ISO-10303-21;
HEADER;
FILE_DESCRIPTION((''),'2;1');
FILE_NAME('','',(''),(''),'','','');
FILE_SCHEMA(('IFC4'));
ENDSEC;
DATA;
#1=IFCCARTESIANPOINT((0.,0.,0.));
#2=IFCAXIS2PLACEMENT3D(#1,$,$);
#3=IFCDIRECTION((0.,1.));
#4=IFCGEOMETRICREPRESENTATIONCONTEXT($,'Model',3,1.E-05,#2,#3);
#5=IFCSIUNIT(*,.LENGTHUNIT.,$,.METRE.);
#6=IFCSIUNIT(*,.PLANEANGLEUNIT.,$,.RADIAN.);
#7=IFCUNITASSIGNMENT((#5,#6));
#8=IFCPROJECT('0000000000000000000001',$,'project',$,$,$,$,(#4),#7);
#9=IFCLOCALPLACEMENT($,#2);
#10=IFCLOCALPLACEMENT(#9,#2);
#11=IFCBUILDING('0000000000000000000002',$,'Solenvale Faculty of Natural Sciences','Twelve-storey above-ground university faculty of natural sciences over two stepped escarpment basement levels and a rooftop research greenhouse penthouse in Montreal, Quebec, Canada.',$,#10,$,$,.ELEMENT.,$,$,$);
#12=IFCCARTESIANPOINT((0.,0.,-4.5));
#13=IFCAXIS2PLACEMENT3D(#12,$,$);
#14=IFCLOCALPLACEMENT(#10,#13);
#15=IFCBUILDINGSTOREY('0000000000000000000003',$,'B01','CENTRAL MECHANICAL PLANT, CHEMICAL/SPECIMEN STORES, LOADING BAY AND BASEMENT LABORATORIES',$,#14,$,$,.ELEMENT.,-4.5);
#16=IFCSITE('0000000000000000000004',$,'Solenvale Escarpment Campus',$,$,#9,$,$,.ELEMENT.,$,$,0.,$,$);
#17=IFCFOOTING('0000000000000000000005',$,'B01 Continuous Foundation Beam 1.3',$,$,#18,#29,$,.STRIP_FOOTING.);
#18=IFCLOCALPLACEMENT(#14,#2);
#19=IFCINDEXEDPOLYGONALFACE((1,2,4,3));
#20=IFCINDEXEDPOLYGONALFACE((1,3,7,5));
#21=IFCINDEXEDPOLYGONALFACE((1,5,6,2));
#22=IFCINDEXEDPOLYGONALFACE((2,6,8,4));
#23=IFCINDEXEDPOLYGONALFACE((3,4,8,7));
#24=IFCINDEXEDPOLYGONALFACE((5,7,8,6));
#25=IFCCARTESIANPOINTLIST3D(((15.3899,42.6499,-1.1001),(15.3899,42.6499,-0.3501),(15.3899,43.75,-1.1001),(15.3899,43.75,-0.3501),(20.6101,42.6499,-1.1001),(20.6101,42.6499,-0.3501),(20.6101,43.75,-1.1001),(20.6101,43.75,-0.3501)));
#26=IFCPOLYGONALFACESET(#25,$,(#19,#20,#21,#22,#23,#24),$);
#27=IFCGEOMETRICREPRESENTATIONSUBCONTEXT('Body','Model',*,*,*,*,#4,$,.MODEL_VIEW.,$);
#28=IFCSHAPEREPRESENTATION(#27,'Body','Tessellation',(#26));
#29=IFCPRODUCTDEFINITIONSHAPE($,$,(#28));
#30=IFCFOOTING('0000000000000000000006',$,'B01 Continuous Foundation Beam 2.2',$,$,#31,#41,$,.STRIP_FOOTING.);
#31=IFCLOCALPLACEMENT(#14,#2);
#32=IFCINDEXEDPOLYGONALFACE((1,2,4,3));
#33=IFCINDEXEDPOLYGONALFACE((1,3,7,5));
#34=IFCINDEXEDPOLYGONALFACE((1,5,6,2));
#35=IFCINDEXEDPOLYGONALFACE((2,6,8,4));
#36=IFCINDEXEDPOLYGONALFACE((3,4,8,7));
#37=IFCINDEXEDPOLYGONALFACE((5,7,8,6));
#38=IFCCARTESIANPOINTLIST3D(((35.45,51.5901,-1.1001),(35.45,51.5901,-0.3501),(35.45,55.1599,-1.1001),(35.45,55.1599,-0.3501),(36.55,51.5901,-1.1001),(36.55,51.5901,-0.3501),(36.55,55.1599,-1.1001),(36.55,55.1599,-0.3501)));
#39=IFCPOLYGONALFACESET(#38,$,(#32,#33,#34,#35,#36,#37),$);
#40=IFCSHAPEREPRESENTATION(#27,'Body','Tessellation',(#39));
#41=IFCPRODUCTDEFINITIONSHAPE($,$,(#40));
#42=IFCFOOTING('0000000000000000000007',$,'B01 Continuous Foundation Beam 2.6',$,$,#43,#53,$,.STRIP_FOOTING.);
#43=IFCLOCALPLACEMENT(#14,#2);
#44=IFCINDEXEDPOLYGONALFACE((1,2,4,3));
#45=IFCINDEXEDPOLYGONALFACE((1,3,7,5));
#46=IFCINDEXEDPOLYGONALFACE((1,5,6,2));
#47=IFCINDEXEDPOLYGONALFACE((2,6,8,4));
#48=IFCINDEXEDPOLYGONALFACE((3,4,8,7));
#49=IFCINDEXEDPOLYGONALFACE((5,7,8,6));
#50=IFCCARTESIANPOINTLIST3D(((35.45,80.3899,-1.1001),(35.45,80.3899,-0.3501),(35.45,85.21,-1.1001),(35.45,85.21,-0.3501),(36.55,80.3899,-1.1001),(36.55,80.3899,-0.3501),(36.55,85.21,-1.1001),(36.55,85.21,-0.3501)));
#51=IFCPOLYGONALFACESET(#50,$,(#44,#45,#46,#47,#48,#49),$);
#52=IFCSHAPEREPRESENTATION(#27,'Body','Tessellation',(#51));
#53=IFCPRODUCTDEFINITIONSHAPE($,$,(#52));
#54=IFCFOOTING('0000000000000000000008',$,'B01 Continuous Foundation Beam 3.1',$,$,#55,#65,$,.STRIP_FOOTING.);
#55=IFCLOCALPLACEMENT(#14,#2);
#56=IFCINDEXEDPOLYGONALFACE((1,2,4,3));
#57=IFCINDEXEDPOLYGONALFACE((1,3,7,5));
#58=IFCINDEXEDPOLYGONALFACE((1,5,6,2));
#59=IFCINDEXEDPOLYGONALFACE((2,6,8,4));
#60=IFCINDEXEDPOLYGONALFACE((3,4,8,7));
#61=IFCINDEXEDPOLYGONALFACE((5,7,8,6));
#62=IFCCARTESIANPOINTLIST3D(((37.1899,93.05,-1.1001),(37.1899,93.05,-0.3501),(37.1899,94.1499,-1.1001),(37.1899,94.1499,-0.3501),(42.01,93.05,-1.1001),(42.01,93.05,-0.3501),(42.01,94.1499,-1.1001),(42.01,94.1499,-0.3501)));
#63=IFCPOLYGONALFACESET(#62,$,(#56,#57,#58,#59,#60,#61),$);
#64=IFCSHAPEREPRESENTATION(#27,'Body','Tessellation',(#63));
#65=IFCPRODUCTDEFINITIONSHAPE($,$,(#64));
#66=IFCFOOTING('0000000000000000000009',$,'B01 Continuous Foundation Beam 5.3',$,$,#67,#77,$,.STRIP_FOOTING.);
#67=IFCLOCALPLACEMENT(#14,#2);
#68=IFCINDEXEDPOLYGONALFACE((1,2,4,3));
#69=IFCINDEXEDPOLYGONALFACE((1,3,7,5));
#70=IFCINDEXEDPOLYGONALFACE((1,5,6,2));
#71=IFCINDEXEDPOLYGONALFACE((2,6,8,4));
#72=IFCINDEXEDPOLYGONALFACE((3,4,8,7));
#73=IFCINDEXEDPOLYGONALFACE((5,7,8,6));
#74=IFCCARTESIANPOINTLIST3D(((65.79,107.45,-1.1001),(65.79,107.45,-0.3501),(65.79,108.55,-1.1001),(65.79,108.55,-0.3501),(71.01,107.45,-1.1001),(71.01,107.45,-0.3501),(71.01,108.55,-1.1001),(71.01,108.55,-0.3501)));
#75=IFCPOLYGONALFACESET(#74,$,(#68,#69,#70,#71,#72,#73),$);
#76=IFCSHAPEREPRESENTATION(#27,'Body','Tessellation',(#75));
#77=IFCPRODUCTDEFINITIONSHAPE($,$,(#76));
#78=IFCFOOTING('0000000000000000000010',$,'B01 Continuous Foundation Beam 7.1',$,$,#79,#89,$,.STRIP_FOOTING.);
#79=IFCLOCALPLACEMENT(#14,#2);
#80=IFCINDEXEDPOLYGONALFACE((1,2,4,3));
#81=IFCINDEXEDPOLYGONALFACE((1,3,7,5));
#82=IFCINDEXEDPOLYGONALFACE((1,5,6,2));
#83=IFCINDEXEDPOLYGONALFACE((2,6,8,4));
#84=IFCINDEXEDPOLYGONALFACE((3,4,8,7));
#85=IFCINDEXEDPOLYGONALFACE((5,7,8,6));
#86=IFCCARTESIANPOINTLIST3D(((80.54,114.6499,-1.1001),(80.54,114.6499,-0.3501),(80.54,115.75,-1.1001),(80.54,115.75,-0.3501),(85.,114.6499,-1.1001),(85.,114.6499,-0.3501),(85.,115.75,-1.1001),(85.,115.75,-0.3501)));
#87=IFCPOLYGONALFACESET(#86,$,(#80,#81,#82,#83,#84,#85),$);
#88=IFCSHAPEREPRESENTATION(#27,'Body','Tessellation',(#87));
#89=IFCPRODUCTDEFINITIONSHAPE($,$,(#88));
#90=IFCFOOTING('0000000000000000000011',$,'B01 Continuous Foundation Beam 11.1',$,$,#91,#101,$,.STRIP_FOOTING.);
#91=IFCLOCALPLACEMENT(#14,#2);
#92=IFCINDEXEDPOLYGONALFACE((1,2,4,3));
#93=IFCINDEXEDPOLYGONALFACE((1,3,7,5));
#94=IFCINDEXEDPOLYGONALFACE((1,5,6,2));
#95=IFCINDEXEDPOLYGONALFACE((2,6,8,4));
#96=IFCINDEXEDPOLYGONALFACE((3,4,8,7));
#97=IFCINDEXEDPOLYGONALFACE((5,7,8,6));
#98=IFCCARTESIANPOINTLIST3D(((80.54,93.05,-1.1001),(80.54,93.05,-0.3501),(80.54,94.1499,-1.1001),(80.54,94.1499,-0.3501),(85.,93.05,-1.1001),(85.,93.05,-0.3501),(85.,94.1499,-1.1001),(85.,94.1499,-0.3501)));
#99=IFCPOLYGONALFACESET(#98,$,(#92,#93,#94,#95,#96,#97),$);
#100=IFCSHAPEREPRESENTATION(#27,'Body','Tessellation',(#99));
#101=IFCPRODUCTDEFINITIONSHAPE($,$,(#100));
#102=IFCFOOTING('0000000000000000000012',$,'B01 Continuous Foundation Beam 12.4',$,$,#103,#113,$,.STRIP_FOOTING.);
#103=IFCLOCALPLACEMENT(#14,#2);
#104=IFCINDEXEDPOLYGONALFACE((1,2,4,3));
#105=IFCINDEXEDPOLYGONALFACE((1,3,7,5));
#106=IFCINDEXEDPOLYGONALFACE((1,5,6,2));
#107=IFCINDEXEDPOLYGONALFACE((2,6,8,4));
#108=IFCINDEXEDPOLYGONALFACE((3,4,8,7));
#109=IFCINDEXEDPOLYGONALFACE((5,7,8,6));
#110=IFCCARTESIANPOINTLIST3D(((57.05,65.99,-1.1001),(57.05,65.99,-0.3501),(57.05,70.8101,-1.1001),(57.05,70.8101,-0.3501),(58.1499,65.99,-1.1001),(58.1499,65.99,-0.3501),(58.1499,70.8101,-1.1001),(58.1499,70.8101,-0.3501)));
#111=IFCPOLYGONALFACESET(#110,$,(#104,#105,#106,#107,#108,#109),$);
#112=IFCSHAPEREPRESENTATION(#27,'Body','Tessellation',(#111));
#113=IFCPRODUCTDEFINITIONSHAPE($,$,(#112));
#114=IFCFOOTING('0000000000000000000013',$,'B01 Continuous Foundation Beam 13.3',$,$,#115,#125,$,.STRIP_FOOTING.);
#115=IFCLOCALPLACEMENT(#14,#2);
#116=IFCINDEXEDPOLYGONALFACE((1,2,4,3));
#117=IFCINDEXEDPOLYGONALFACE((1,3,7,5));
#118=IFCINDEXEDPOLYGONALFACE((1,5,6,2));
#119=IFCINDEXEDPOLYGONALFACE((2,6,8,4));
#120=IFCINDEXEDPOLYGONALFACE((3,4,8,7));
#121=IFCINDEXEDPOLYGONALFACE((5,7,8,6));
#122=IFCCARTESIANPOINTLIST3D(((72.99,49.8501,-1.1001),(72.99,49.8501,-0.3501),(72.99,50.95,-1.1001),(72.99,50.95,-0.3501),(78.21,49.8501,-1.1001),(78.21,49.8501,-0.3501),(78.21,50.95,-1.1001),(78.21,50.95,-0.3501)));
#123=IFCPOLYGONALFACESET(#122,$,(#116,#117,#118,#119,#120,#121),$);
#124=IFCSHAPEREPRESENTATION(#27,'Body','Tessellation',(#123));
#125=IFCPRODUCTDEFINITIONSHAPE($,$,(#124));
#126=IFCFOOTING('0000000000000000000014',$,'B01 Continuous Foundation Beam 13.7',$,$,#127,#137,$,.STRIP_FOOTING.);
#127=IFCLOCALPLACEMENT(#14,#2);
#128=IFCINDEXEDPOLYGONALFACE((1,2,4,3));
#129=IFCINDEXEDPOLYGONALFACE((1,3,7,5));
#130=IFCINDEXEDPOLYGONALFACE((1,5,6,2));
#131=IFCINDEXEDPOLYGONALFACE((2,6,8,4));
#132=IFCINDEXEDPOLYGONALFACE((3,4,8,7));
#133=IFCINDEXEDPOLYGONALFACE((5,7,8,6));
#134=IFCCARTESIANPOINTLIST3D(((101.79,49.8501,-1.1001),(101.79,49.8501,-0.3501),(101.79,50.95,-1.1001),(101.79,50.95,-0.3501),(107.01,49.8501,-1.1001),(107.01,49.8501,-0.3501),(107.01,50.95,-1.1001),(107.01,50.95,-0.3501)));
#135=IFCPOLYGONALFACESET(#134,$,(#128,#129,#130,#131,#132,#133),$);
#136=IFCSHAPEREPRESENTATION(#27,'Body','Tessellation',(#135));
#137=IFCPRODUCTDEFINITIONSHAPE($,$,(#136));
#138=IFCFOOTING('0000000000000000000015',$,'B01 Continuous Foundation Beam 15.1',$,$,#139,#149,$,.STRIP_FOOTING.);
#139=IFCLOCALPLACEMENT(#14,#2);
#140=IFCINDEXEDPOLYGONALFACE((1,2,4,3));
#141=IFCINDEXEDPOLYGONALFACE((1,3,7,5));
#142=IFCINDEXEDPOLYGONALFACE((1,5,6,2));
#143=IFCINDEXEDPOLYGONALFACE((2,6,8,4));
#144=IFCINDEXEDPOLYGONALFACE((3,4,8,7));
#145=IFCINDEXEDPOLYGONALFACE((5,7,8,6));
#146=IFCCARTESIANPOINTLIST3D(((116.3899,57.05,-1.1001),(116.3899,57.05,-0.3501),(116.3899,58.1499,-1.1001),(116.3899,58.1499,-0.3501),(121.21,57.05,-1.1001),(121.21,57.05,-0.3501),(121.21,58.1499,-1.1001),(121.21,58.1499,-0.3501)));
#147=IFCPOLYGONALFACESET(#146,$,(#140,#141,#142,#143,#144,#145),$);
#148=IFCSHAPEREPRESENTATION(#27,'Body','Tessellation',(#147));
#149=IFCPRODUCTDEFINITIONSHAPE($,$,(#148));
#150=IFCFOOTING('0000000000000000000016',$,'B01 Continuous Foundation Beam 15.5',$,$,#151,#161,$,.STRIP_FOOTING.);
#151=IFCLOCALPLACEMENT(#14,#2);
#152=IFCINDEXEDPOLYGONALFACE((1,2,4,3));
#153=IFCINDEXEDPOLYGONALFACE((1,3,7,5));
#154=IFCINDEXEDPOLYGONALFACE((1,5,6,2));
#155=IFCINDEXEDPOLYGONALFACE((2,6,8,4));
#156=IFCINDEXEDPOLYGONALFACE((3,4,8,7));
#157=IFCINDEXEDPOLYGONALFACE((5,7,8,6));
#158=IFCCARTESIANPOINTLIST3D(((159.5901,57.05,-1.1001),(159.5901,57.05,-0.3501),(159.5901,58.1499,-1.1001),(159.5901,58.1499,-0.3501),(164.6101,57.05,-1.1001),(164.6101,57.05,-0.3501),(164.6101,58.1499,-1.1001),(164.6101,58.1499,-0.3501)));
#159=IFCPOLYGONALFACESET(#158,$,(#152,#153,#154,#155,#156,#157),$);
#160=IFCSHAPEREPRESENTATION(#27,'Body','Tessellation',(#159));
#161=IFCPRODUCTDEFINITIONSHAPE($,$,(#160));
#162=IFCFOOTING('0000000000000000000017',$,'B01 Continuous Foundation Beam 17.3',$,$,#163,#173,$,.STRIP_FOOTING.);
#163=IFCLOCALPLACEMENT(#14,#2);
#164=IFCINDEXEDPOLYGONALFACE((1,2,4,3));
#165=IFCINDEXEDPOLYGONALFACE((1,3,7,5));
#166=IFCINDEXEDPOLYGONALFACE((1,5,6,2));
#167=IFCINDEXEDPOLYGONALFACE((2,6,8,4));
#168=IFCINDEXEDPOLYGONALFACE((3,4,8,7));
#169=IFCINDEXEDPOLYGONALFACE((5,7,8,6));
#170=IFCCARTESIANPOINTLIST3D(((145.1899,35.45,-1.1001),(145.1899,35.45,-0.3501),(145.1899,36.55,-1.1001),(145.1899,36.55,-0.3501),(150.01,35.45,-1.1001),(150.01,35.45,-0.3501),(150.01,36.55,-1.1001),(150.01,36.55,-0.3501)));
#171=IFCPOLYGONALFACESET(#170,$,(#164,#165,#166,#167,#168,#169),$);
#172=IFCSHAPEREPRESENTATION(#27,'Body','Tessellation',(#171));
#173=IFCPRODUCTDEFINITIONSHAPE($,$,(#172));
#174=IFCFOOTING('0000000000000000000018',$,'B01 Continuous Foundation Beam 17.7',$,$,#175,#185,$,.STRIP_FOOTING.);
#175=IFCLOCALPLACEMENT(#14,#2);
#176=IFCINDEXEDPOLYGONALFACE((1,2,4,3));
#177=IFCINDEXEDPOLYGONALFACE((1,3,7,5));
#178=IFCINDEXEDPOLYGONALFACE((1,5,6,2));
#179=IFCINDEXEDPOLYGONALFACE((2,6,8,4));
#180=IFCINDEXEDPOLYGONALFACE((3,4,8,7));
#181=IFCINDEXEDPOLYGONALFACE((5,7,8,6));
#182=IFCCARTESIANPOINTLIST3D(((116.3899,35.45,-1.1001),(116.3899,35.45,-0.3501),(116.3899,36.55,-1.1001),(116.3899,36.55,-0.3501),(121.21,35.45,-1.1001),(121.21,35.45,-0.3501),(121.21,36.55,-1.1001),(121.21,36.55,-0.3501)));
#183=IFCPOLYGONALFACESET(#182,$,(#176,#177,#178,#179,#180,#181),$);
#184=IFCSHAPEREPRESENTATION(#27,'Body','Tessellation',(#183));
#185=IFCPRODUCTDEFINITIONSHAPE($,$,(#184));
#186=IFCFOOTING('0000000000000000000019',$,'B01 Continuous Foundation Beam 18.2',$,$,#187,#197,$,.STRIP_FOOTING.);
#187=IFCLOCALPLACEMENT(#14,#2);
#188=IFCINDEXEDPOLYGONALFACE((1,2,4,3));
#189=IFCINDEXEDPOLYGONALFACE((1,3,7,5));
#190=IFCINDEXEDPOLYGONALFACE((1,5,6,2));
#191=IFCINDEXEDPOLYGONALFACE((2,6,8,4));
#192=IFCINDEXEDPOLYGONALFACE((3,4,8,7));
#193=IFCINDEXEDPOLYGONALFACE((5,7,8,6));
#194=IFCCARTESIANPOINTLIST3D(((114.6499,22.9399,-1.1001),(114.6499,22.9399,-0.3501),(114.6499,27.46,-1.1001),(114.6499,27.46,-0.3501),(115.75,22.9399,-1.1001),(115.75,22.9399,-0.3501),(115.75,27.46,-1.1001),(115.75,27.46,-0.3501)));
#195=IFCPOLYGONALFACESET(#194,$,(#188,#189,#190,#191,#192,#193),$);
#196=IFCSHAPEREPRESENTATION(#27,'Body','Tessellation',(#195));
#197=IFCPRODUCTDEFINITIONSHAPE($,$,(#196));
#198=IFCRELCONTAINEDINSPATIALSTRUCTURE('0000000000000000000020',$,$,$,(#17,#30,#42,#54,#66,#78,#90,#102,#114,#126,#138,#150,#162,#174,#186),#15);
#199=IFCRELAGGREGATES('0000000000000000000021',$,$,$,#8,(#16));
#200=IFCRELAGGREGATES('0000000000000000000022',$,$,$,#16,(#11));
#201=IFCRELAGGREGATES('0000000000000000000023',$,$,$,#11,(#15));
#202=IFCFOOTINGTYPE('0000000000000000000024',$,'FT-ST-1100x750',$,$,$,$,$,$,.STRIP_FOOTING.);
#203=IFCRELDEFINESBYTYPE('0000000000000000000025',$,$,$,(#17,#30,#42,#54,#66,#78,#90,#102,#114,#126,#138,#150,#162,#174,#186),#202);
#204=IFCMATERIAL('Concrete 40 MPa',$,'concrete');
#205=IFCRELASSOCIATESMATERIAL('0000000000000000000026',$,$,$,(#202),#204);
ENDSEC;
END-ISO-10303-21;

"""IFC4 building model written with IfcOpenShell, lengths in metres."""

from ifc_helpers import new_model, si_unit, direction, frame, origin, place, context, subcontext, project, spatial, polyline, outline, extrude, material, type_object, element, save


model = new_model("IFC4")

# Units and contexts
model_context = context("Model", 3, precision=1e-05, world=origin(), true_north=direction((0.0, 1.0)))
body_context = subcontext(model_context, "Body", "Model", "MODEL_VIEW")
ifc_project = project(units=[si_unit("LENGTHUNIT", "METRE"), si_unit("PLANEANGLEUNIT", "RADIAN")], contexts=[model_context])

# Site, building, storey
site_placement = place(None, origin())
site = spatial("IfcSite", under=ifc_project, at=site_placement, Name="Solenvale Escarpment Campus", CompositionType="ELEMENT", RefElevation=0.0)
building_placement = place(site_placement, origin())
building = spatial("IfcBuilding", under=site, at=building_placement, Name="Solenvale Faculty of Natural Sciences", Description="Twelve-storey above-ground university faculty of natural sciences over two stepped escarpment basement levels and a rooftop research greenhouse penthouse in Montreal, Quebec, Canada.", CompositionType="ELEMENT")
storey_placement = place(building_placement, frame((0.0, 0.0, -4.5)))
storey = spatial("IfcBuildingStorey", under=building, at=storey_placement, Name="B01", Description="CENTRAL MECHANICAL PLANT, CHEMICAL/SPECIMEN STORES, LOADING BAY AND BASEMENT LABORATORIES", CompositionType="ELEMENT", Elevation=-4.5)

# Footings
ifc_material = material(Name="Concrete 40 MPa", Category="concrete")
footing_type_1 = type_object("IfcFootingType", Name="FT-ST-1100x750", PredefinedType="STRIP_FOOTING", material=ifc_material)
footing_1_placement = place(storey_placement, frame((0.0, 0.0, -1.1001)))
element("IfcFooting", 1, at=footing_1_placement, inside=storey, type_object=footing_type_1, Name="B01 Continuous Foundation Beam 1.3", PredefinedType="STRIP_FOOTING", context=body_context, shape_type="SweptSolid", body=[
    extrude(outline(polyline([(15.3899, 42.6499), (20.6101, 42.6499), (20.6101, 43.75), (15.3899, 43.75), (15.3899, 42.6499)])), origin(), (0.0, 0.0, 1.0), 0.75),
])
footing_2_placement = place(storey_placement, frame((0.0, 0.0, -1.1001)))
element("IfcFooting", 2, at=footing_2_placement, inside=storey, type_object=footing_type_1, Name="B01 Continuous Foundation Beam 2.2", PredefinedType="STRIP_FOOTING", context=body_context, shape_type="SweptSolid", body=[
    extrude(outline(polyline([(35.45, 51.5901), (36.55, 51.5901), (36.55, 55.1599), (35.45, 55.1599), (35.45, 51.5901)])), origin(), (0.0, 0.0, 1.0), 0.75),
])
footing_3_placement = place(storey_placement, frame((0.0, 0.0, -1.1001)))
element("IfcFooting", 3, at=footing_3_placement, inside=storey, type_object=footing_type_1, Name="B01 Continuous Foundation Beam 2.6", PredefinedType="STRIP_FOOTING", context=body_context, shape_type="SweptSolid", body=[
    extrude(outline(polyline([(35.45, 80.3899), (36.55, 80.3899), (36.55, 85.21), (35.45, 85.21), (35.45, 80.3899)])), origin(), (0.0, 0.0, 1.0), 0.75),
])
footing_4_placement = place(storey_placement, frame((0.0, 0.0, -1.1001)))
element("IfcFooting", 4, at=footing_4_placement, inside=storey, type_object=footing_type_1, Name="B01 Continuous Foundation Beam 3.1", PredefinedType="STRIP_FOOTING", context=body_context, shape_type="SweptSolid", body=[
    extrude(outline(polyline([(37.1899, 93.05), (42.01, 93.05), (42.01, 94.1499), (37.1899, 94.1499), (37.1899, 93.05)])), origin(), (0.0, 0.0, 1.0), 0.75),
])
footing_5_placement = place(storey_placement, frame((0.0, 0.0, -1.1001)))
element("IfcFooting", 5, at=footing_5_placement, inside=storey, type_object=footing_type_1, Name="B01 Continuous Foundation Beam 5.3", PredefinedType="STRIP_FOOTING", context=body_context, shape_type="SweptSolid", body=[
    extrude(outline(polyline([(65.79, 107.45), (71.01, 107.45), (71.01, 108.55), (65.79, 108.55), (65.79, 107.45)])), origin(), (0.0, 0.0, 1.0), 0.75),
])
footing_6_placement = place(storey_placement, frame((0.0, 0.0, -1.1001)))
element("IfcFooting", 6, at=footing_6_placement, inside=storey, type_object=footing_type_1, Name="B01 Continuous Foundation Beam 7.1", PredefinedType="STRIP_FOOTING", context=body_context, shape_type="SweptSolid", body=[
    extrude(outline(polyline([(80.54, 114.6499), (85.0, 114.6499), (85.0, 115.75), (80.54, 115.75), (80.54, 114.6499)])), origin(), (0.0, 0.0, 1.0), 0.75),
])
footing_7_placement = place(storey_placement, frame((0.0, 0.0, -1.1001)))
element("IfcFooting", 7, at=footing_7_placement, inside=storey, type_object=footing_type_1, Name="B01 Continuous Foundation Beam 11.1", PredefinedType="STRIP_FOOTING", context=body_context, shape_type="SweptSolid", body=[
    extrude(outline(polyline([(80.54, 93.05), (85.0, 93.05), (85.0, 94.1499), (80.54, 94.1499), (80.54, 93.05)])), origin(), (0.0, 0.0, 1.0), 0.75),
])
footing_8_placement = place(storey_placement, frame((0.0, 0.0, -1.1001)))
element("IfcFooting", 8, at=footing_8_placement, inside=storey, type_object=footing_type_1, Name="B01 Continuous Foundation Beam 12.4", PredefinedType="STRIP_FOOTING", context=body_context, shape_type="SweptSolid", body=[
    extrude(outline(polyline([(57.05, 65.99), (58.1499, 65.99), (58.1499, 70.8101), (57.05, 70.8101), (57.05, 65.99)])), origin(), (0.0, 0.0, 1.0), 0.75),
])
footing_9_placement = place(storey_placement, frame((0.0, 0.0, -1.1001)))
element("IfcFooting", 9, at=footing_9_placement, inside=storey, type_object=footing_type_1, Name="B01 Continuous Foundation Beam 13.3", PredefinedType="STRIP_FOOTING", context=body_context, shape_type="SweptSolid", body=[
    extrude(outline(polyline([(72.99, 49.8501), (78.21, 49.8501), (78.21, 50.95), (72.99, 50.95), (72.99, 49.8501)])), origin(), (0.0, 0.0, 1.0), 0.75),
])
footing_10_placement = place(storey_placement, frame((0.0, 0.0, -1.1001)))
element("IfcFooting", 10, at=footing_10_placement, inside=storey, type_object=footing_type_1, Name="B01 Continuous Foundation Beam 13.7", PredefinedType="STRIP_FOOTING", context=body_context, shape_type="SweptSolid", body=[
    extrude(outline(polyline([(101.79, 49.8501), (107.01, 49.8501), (107.01, 50.95), (101.79, 50.95), (101.79, 49.8501)])), origin(), (0.0, 0.0, 1.0), 0.75),
])
footing_11_placement = place(storey_placement, frame((0.0, 0.0, -1.1001)))
element("IfcFooting", 11, at=footing_11_placement, inside=storey, type_object=footing_type_1, Name="B01 Continuous Foundation Beam 15.1", PredefinedType="STRIP_FOOTING", context=body_context, shape_type="SweptSolid", body=[
    extrude(outline(polyline([(116.3899, 57.05), (121.21, 57.05), (121.21, 58.1499), (116.3899, 58.1499), (116.3899, 57.05)])), origin(), (0.0, 0.0, 1.0), 0.75),
])
footing_12_placement = place(storey_placement, frame((0.0, 0.0, -1.1001)))
element("IfcFooting", 12, at=footing_12_placement, inside=storey, type_object=footing_type_1, Name="B01 Continuous Foundation Beam 15.5", PredefinedType="STRIP_FOOTING", context=body_context, shape_type="SweptSolid", body=[
    extrude(outline(polyline([(159.5901, 57.05), (164.6101, 57.05), (164.6101, 58.1499), (159.5901, 58.1499), (159.5901, 57.05)])), origin(), (0.0, 0.0, 1.0), 0.75),
])
footing_13_placement = place(storey_placement, frame((0.0, 0.0, -1.1001)))
element("IfcFooting", 13, at=footing_13_placement, inside=storey, type_object=footing_type_1, Name="B01 Continuous Foundation Beam 17.3", PredefinedType="STRIP_FOOTING", context=body_context, shape_type="SweptSolid", body=[
    extrude(outline(polyline([(145.1899, 35.45), (150.01, 35.45), (150.01, 36.55), (145.1899, 36.55), (145.1899, 35.45)])), origin(), (0.0, 0.0, 1.0), 0.75),
])
footing_14_placement = place(storey_placement, frame((0.0, 0.0, -1.1001)))
element("IfcFooting", 14, at=footing_14_placement, inside=storey, type_object=footing_type_1, Name="B01 Continuous Foundation Beam 17.7", PredefinedType="STRIP_FOOTING", context=body_context, shape_type="SweptSolid", body=[
    extrude(outline(polyline([(116.3899, 35.45), (121.21, 35.45), (121.21, 36.55), (116.3899, 36.55), (116.3899, 35.45)])), origin(), (0.0, 0.0, 1.0), 0.75),
])
footing_15_placement = place(storey_placement, frame((0.0, 0.0, -1.1001)))
element("IfcFooting", 15, at=footing_15_placement, inside=storey, type_object=footing_type_1, Name="B01 Continuous Foundation Beam 18.2", PredefinedType="STRIP_FOOTING", context=body_context, shape_type="SweptSolid", body=[
    extrude(outline(polyline([(114.6499, 22.9399), (115.75, 22.9399), (115.75, 27.46), (114.6499, 27.46), (114.6499, 22.9399)])), origin(), (0.0, 0.0, 1.0), 0.75),
])

save(model, "model.ifc")
